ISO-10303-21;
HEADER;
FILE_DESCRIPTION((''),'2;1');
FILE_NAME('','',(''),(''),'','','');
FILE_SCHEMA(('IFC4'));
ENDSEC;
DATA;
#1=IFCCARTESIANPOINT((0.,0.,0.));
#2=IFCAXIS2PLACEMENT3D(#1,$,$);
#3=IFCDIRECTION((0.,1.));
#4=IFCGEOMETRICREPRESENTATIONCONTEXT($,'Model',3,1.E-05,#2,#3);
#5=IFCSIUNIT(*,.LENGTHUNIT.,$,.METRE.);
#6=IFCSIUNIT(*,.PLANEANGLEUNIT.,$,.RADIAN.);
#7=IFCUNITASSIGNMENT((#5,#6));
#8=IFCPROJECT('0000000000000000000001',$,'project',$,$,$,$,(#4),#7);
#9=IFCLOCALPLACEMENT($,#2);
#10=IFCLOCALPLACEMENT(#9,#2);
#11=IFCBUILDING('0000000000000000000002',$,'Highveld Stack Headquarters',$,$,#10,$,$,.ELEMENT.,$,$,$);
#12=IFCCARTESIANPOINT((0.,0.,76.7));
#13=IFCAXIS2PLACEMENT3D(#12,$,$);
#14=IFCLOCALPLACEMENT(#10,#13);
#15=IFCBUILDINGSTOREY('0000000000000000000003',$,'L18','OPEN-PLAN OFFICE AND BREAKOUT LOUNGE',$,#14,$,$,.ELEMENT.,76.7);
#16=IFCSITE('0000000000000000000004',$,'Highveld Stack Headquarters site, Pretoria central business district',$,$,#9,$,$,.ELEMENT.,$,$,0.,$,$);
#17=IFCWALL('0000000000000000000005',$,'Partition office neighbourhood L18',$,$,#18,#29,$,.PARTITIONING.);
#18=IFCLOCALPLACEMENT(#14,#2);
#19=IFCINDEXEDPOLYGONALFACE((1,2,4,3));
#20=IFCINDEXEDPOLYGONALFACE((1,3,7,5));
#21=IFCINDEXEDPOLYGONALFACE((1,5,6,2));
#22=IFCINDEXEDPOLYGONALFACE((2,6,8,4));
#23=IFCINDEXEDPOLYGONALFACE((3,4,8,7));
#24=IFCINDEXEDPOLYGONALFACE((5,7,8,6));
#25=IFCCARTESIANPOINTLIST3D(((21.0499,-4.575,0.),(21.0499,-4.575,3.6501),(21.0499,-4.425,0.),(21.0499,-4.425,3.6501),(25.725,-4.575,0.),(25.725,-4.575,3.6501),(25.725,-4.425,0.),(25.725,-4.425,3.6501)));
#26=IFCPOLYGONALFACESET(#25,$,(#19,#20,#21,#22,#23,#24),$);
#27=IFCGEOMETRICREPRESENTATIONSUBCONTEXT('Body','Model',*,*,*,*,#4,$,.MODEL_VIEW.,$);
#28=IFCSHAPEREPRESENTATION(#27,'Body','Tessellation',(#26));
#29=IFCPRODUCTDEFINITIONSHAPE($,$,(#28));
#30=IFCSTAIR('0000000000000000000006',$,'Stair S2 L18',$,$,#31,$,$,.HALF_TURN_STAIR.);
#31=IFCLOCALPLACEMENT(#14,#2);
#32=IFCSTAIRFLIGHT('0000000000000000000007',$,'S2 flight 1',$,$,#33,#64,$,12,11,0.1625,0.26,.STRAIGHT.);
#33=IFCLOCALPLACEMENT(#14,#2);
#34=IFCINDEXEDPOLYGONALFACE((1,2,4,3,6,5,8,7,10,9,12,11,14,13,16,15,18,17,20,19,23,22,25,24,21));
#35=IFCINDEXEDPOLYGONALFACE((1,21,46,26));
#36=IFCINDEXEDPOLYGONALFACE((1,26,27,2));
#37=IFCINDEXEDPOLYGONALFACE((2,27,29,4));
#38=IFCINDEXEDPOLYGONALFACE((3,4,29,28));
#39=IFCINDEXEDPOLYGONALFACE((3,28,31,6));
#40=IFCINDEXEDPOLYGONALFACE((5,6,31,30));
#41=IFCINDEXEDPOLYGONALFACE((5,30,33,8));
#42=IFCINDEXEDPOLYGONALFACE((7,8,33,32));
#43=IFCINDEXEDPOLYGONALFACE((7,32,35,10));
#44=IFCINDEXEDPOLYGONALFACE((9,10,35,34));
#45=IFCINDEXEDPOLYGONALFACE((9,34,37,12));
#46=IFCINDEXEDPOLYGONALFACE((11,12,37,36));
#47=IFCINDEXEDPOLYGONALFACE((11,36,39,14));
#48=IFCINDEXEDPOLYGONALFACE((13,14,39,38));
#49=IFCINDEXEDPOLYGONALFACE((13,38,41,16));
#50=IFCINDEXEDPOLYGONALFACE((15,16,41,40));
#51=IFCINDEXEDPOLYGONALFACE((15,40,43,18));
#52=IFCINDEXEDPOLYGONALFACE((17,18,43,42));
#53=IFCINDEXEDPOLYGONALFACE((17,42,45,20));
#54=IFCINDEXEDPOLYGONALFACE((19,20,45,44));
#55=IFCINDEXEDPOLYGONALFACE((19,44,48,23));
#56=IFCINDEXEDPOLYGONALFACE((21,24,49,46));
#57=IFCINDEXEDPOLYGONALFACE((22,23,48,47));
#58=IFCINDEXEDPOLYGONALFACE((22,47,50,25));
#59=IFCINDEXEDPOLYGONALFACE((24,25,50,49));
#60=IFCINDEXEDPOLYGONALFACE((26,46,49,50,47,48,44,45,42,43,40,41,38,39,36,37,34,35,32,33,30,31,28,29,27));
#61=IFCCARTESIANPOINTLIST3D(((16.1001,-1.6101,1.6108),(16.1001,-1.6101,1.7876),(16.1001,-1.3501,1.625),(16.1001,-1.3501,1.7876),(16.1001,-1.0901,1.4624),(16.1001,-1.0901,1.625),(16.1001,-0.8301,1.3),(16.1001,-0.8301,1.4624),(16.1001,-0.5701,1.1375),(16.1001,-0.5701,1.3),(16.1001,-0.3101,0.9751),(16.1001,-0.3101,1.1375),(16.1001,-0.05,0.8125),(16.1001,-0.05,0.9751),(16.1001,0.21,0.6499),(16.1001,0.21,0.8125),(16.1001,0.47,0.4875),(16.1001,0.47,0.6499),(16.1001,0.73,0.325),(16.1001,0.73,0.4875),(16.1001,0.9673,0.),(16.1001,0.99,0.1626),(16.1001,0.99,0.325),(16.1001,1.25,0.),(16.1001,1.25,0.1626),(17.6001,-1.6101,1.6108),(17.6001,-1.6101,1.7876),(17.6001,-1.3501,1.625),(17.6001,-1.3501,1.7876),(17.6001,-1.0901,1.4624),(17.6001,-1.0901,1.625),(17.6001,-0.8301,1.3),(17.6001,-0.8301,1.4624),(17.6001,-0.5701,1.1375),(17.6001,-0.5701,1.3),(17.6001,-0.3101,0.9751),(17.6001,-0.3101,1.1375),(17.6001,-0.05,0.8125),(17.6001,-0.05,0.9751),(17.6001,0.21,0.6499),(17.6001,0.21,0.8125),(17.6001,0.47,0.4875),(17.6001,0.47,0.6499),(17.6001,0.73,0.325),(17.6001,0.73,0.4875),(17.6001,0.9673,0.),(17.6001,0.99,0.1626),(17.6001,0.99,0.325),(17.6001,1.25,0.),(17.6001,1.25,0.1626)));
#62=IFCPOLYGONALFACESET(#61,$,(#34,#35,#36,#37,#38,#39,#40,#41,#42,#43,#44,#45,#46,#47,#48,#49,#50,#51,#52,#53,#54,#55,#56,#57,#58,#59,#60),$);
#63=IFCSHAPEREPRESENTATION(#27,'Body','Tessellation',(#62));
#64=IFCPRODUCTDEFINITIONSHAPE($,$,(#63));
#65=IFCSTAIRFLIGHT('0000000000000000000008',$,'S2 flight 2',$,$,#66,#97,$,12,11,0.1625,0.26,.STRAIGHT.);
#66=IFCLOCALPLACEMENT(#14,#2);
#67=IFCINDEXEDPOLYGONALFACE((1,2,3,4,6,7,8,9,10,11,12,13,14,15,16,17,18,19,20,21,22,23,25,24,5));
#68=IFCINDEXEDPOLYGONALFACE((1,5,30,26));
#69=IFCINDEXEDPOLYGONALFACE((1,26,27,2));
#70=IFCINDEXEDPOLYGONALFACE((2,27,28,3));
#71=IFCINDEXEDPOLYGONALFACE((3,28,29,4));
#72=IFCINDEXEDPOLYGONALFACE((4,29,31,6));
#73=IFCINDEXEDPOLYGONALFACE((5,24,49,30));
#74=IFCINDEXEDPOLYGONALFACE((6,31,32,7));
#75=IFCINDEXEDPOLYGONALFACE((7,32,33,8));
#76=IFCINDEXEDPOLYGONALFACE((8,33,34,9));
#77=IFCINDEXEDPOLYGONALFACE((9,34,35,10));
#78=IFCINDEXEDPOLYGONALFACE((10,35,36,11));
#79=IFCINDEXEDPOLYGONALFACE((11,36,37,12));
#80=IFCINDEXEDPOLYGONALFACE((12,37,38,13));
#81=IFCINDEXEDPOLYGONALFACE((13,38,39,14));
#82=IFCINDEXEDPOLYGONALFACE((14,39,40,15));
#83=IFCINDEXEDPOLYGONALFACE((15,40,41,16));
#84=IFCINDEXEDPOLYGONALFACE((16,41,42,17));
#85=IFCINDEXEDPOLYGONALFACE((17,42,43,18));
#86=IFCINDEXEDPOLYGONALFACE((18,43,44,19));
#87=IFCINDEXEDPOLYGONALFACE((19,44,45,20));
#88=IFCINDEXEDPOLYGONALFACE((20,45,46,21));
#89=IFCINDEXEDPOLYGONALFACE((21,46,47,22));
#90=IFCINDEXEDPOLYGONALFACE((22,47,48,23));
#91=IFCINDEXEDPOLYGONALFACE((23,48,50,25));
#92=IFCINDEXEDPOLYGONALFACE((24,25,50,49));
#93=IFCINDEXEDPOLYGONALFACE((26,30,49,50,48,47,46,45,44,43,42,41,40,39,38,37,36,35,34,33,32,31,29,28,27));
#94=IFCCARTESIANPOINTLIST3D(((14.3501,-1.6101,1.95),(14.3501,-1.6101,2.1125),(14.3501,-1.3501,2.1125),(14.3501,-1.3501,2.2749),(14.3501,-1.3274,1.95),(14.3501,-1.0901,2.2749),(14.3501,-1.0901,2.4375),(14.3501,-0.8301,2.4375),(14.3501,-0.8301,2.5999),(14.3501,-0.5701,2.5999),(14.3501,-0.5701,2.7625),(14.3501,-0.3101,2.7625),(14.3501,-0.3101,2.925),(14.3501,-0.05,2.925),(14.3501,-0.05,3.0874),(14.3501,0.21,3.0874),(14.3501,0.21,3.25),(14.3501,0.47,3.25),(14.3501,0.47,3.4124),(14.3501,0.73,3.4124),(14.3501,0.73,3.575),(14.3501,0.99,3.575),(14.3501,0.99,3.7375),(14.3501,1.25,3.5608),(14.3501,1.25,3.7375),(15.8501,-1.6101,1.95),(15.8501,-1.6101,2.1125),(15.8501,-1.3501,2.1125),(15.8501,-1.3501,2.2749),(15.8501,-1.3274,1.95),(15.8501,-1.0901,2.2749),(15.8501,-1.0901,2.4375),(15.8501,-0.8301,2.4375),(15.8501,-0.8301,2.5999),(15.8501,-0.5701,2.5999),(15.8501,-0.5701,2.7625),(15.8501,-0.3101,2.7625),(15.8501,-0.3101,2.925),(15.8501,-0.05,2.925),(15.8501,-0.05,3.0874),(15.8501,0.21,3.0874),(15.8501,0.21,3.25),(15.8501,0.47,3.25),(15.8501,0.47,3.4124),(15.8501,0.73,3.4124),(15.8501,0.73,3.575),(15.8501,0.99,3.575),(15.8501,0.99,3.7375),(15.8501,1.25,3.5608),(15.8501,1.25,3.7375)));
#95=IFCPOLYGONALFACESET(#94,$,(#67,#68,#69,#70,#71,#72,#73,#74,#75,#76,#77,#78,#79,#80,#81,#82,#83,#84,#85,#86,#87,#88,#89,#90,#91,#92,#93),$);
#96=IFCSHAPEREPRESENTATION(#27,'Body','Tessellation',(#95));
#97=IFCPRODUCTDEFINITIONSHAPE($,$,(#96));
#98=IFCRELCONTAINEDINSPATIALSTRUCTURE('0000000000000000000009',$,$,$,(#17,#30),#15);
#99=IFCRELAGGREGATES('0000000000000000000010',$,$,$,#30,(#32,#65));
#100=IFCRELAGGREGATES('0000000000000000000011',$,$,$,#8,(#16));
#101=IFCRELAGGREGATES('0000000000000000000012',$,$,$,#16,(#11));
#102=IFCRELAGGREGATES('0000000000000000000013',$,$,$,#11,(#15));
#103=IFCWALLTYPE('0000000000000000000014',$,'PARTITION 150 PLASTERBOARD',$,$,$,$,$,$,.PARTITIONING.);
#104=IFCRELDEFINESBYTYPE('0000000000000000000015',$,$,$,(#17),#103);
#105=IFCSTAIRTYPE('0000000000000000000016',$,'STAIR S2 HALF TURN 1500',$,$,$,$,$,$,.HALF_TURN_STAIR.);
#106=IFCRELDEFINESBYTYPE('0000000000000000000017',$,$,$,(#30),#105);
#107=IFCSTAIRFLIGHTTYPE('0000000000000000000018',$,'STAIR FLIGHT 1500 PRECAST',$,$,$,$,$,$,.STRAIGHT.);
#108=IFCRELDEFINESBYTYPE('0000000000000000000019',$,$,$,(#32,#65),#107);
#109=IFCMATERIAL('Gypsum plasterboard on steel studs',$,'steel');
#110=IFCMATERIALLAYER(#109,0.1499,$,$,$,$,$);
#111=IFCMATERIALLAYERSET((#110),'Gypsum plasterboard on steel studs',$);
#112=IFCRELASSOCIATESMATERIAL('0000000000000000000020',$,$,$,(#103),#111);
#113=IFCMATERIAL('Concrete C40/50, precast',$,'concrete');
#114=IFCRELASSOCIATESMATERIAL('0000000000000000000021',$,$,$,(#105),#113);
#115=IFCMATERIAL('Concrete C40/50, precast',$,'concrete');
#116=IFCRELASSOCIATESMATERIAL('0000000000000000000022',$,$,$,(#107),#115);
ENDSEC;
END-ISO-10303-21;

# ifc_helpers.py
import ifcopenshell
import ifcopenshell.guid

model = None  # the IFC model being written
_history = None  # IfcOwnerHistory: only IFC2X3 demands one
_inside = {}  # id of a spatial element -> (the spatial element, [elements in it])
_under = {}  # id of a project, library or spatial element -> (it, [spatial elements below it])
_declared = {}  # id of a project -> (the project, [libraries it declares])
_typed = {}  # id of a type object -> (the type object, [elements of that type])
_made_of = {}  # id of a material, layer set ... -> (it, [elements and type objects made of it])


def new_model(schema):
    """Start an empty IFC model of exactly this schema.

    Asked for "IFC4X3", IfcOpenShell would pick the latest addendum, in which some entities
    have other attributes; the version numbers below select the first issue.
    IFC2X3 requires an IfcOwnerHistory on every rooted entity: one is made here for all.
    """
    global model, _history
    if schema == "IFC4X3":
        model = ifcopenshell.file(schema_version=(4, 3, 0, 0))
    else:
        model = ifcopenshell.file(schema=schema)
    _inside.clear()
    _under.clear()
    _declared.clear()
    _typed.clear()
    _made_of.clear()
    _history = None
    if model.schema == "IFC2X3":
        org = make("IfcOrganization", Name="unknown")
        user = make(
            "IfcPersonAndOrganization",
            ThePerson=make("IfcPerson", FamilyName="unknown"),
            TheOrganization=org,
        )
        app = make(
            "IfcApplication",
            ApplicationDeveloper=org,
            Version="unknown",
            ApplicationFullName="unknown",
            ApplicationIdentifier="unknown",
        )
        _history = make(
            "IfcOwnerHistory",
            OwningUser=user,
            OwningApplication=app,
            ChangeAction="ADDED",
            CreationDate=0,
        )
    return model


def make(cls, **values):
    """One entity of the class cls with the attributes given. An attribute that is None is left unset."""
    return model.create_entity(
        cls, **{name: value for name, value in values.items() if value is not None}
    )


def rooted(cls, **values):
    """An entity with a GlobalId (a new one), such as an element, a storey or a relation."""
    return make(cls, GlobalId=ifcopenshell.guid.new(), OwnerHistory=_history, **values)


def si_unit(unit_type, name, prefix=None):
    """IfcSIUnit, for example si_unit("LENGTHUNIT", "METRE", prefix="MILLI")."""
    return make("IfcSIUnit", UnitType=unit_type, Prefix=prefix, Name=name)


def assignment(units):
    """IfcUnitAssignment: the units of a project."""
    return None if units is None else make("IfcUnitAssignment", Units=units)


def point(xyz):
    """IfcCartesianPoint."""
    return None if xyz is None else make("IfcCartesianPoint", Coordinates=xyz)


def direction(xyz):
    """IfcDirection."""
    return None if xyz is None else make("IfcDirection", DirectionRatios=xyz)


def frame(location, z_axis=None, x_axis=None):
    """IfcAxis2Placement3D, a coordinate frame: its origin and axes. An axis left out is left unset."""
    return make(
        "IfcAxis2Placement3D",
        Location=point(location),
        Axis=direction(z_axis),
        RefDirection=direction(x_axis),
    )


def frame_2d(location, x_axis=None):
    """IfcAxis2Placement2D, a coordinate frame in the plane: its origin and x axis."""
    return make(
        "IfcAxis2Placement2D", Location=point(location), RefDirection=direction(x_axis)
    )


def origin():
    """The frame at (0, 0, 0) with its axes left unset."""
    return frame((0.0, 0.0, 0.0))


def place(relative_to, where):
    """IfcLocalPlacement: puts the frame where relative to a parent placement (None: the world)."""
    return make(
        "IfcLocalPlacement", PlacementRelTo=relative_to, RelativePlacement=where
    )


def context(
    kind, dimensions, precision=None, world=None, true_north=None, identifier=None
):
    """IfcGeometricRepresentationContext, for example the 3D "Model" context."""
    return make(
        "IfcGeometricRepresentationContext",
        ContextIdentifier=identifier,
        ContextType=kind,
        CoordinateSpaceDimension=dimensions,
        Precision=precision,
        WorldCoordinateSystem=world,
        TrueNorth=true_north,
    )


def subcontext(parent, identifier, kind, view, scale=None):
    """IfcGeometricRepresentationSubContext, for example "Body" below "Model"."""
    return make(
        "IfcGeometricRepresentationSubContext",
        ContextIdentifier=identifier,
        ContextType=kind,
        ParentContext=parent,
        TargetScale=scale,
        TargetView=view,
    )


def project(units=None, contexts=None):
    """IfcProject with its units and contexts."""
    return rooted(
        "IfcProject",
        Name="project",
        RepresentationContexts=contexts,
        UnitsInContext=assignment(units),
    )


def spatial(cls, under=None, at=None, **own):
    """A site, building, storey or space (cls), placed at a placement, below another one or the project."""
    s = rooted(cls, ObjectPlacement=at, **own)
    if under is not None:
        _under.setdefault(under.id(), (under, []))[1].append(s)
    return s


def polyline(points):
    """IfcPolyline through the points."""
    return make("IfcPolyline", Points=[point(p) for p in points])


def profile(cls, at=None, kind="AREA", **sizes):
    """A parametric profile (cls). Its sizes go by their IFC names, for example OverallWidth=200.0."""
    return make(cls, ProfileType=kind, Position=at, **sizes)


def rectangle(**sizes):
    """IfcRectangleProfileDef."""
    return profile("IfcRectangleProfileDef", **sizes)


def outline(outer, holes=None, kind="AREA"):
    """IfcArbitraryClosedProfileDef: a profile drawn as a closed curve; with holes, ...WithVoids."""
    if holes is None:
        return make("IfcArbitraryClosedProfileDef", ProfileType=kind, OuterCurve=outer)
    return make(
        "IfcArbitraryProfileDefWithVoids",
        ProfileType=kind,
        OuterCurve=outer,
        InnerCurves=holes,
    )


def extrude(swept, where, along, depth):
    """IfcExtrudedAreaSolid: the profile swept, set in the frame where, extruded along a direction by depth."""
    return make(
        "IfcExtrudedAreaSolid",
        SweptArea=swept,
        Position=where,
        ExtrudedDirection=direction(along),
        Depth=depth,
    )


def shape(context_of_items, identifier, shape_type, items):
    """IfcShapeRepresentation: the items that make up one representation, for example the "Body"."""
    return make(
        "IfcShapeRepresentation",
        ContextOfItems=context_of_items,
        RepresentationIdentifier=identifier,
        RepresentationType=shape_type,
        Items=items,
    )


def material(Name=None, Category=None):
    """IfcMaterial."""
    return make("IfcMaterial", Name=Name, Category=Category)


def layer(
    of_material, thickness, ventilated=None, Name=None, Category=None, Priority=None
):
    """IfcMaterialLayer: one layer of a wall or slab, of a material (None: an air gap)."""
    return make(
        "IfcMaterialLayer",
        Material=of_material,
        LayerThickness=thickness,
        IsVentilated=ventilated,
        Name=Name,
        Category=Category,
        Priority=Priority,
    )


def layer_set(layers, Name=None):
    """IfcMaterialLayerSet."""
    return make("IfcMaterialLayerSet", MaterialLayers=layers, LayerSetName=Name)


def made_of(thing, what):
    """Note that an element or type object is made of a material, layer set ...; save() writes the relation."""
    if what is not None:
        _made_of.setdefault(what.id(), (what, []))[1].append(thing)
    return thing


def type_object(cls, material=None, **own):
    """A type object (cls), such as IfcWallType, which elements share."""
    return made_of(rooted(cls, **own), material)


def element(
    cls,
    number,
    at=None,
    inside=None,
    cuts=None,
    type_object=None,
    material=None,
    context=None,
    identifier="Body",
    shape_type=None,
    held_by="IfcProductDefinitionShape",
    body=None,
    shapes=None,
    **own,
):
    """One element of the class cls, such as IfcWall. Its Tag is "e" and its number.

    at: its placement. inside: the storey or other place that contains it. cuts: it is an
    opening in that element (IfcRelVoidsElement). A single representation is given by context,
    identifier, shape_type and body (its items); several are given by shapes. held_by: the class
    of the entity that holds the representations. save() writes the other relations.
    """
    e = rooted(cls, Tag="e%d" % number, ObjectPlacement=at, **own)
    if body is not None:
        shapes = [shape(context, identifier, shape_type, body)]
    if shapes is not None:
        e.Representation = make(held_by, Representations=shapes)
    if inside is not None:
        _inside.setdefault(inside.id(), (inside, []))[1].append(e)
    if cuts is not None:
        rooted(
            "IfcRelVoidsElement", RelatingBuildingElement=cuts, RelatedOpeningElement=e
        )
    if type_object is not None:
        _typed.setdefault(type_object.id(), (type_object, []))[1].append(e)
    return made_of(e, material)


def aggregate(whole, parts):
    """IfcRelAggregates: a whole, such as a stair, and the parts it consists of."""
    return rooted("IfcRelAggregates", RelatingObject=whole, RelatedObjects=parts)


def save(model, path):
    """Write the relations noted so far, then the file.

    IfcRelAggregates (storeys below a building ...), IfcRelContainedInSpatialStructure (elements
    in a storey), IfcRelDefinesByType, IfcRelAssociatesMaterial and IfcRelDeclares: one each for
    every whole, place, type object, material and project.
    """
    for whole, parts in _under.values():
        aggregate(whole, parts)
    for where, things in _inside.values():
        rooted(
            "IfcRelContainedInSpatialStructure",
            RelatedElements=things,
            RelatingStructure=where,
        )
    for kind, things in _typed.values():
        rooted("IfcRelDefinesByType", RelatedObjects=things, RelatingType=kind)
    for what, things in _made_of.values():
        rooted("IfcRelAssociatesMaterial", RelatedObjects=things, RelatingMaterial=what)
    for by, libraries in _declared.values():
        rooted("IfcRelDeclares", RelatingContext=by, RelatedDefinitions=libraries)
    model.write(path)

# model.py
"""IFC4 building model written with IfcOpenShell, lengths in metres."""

from ifc_helpers import new_model, si_unit, direction, frame, frame_2d, origin, place, context, subcontext, project, spatial, polyline, rectangle, outline, extrude, material, layer, layer_set, type_object, element, aggregate, save


model = new_model("IFC4")

# Units and contexts
model_context = context("Model", 3, precision=1e-05, world=origin(), true_north=direction((0.0, 1.0)))
body_context = subcontext(model_context, "Body", "Model", "MODEL_VIEW")
ifc_project = project(units=[si_unit("LENGTHUNIT", "METRE"), si_unit("PLANEANGLEUNIT", "RADIAN")], contexts=[model_context])

# Site, building, storey
site_placement = place(None, origin())
site = spatial("IfcSite", under=ifc_project, at=site_placement, Name="Highveld Stack Headquarters site, Pretoria central business district", CompositionType="ELEMENT", RefElevation=0.0)
building_placement = place(site_placement, origin())
building = spatial("IfcBuilding", under=site, at=building_placement, Name="Highveld Stack Headquarters", CompositionType="ELEMENT")
storey_placement = place(building_placement, frame((0.0, 0.0, 76.7)))
storey = spatial("IfcBuildingStorey", under=building, at=storey_placement, Name="L18", Description="OPEN-PLAN OFFICE AND BREAKOUT LOUNGE", CompositionType="ELEMENT", Elevation=76.7)

# Shared definitions
ifc_material_1 = material(Name="Gypsum plasterboard on steel studs", Category="steel")
ifc_layer_1 = layer(ifc_material_1, 0.1499)
ifc_layer_set_1 = layer_set([ifc_layer_1], Name="Gypsum plasterboard on steel studs")
wall_type_1 = type_object("IfcWallType", Name="PARTITION 150 PLASTERBOARD", PredefinedType="PARTITIONING", material=ifc_layer_set_1)

# Wall
wall_1_placement = place(storey_placement, frame((21.05, -4.5, 0.0), z_axis=(0.0, 0.0, 1.0), x_axis=(1.0, 0.0, 0.0)))
element("IfcWall", 1, at=wall_1_placement, inside=storey, type_object=wall_type_1, Name="Partition office neighbourhood L18", PredefinedType="PARTITIONING", context=body_context, shape_type="SweptSolid", body=[
    extrude(rectangle(XDim=4.675, YDim=0.1499, at=frame_2d((2.3374, 0.0))), origin(), (0.0, 0.0, 1.0), 3.6501),
])

# Stair, stair flights
ifc_material_2 = material(Name="Concrete C40/50, precast", Category="concrete")
stair_type = type_object("IfcStairType", Name="STAIR S2 HALF TURN 1500", PredefinedType="HALF_TURN_STAIR", material=ifc_material_2)
stair_placement = place(storey_placement, origin())
stair = element("IfcStair", 2, at=stair_placement, inside=storey, type_object=stair_type, Name="Stair S2 L18", PredefinedType="HALF_TURN_STAIR")
ifc_material_3 = material(Name="Concrete C40/50, precast", Category="concrete")
stair_flight_type = type_object("IfcStairFlightType", Name="STAIR FLIGHT 1500 PRECAST", PredefinedType="STRAIGHT", material=ifc_material_3)
stair_flight_1_placement = place(storey_placement, frame((16.8501, 1.25, 0.0), z_axis=(0.0, 0.0, 1.0), x_axis=(0.0, -1.0, 0.0)))
stair_flight_1 = element("IfcStairFlight", 3, at=stair_flight_1_placement, type_object=stair_flight_type, Name="S2 flight 1", NumberOfRisers=12, NumberOfTreads=11, PredefinedType="STRAIGHT", RiserHeight=0.1625, TreadLength=0.26, context=body_context, shape_type="SweptSolid", body=[
    extrude(outline(polyline([(0.0, 0.0), (0.0, 0.1626), (0.26, 0.1626), (0.26, 0.325), (0.52, 0.325), (0.52, 0.4875), (0.78, 0.4875), (0.78, 0.6499), (1.04, 0.6499), (1.04, 0.8125), (1.3, 0.8125), (1.3, 0.9751), (1.5601, 0.9751), (1.5601, 1.1375), (1.8201, 1.1375), (1.8201, 1.3), (2.0801, 1.3), (2.0801, 1.4624), (2.3401, 1.4624), (2.3401, 1.625), (2.6001, 1.625), (2.6001, 1.7876), (2.8601, 1.7876), (2.8601, 1.95), (2.8601, 1.6108), (0.2827, 0.0), (0.0, 0.0)])), frame((0.0, 0.75, 0.0), z_axis=(0.0, -1.0, 0.0), x_axis=(1.0, 0.0, 0.0)), (0.0, 0.0, 1.0), 1.5),
])
stair_flight_2_placement = place(storey_placement, frame((15.1001, -1.6101, 1.95), z_axis=(0.0, 0.0, 1.0), x_axis=(0.0, 1.0, 0.0)))
stair_flight_2 = element("IfcStairFlight", 4, at=stair_flight_2_placement, type_object=stair_flight_type, Name="S2 flight 2", NumberOfRisers=12, NumberOfTreads=11, PredefinedType="STRAIGHT", RiserHeight=0.1625, TreadLength=0.26, context=body_context, shape_type="SweptSolid", body=[
    extrude(outline(polyline([(0.0, 0.0), (0.0, 0.1626), (0.26, 0.1626), (0.26, 0.325), (0.52, 0.325), (0.52, 0.4875), (0.78, 0.4875), (0.78, 0.6499), (1.04, 0.6499), (1.04, 0.8125), (1.3, 0.8125), (1.3, 0.9751), (1.5601, 0.9751), (1.5601, 1.1375), (1.8201, 1.1375), (1.8201, 1.3), (2.0801, 1.3), (2.0801, 1.4624), (2.3401, 1.4624), (2.3401, 1.625), (2.6001, 1.625), (2.6001, 1.7876), (2.8601, 1.7876), (2.8601, 1.95), (2.8601, 1.6108), (0.2827, 0.0), (0.0, 0.0)])), frame((0.0, 0.75, 0.0), z_axis=(0.0, -1.0, 0.0), x_axis=(1.0, 0.0, 0.0)), (0.0, 0.0, 1.0), 1.5),
])
aggregate(stair, [stair_flight_1, stair_flight_2])

save(model, "model.ifc")
